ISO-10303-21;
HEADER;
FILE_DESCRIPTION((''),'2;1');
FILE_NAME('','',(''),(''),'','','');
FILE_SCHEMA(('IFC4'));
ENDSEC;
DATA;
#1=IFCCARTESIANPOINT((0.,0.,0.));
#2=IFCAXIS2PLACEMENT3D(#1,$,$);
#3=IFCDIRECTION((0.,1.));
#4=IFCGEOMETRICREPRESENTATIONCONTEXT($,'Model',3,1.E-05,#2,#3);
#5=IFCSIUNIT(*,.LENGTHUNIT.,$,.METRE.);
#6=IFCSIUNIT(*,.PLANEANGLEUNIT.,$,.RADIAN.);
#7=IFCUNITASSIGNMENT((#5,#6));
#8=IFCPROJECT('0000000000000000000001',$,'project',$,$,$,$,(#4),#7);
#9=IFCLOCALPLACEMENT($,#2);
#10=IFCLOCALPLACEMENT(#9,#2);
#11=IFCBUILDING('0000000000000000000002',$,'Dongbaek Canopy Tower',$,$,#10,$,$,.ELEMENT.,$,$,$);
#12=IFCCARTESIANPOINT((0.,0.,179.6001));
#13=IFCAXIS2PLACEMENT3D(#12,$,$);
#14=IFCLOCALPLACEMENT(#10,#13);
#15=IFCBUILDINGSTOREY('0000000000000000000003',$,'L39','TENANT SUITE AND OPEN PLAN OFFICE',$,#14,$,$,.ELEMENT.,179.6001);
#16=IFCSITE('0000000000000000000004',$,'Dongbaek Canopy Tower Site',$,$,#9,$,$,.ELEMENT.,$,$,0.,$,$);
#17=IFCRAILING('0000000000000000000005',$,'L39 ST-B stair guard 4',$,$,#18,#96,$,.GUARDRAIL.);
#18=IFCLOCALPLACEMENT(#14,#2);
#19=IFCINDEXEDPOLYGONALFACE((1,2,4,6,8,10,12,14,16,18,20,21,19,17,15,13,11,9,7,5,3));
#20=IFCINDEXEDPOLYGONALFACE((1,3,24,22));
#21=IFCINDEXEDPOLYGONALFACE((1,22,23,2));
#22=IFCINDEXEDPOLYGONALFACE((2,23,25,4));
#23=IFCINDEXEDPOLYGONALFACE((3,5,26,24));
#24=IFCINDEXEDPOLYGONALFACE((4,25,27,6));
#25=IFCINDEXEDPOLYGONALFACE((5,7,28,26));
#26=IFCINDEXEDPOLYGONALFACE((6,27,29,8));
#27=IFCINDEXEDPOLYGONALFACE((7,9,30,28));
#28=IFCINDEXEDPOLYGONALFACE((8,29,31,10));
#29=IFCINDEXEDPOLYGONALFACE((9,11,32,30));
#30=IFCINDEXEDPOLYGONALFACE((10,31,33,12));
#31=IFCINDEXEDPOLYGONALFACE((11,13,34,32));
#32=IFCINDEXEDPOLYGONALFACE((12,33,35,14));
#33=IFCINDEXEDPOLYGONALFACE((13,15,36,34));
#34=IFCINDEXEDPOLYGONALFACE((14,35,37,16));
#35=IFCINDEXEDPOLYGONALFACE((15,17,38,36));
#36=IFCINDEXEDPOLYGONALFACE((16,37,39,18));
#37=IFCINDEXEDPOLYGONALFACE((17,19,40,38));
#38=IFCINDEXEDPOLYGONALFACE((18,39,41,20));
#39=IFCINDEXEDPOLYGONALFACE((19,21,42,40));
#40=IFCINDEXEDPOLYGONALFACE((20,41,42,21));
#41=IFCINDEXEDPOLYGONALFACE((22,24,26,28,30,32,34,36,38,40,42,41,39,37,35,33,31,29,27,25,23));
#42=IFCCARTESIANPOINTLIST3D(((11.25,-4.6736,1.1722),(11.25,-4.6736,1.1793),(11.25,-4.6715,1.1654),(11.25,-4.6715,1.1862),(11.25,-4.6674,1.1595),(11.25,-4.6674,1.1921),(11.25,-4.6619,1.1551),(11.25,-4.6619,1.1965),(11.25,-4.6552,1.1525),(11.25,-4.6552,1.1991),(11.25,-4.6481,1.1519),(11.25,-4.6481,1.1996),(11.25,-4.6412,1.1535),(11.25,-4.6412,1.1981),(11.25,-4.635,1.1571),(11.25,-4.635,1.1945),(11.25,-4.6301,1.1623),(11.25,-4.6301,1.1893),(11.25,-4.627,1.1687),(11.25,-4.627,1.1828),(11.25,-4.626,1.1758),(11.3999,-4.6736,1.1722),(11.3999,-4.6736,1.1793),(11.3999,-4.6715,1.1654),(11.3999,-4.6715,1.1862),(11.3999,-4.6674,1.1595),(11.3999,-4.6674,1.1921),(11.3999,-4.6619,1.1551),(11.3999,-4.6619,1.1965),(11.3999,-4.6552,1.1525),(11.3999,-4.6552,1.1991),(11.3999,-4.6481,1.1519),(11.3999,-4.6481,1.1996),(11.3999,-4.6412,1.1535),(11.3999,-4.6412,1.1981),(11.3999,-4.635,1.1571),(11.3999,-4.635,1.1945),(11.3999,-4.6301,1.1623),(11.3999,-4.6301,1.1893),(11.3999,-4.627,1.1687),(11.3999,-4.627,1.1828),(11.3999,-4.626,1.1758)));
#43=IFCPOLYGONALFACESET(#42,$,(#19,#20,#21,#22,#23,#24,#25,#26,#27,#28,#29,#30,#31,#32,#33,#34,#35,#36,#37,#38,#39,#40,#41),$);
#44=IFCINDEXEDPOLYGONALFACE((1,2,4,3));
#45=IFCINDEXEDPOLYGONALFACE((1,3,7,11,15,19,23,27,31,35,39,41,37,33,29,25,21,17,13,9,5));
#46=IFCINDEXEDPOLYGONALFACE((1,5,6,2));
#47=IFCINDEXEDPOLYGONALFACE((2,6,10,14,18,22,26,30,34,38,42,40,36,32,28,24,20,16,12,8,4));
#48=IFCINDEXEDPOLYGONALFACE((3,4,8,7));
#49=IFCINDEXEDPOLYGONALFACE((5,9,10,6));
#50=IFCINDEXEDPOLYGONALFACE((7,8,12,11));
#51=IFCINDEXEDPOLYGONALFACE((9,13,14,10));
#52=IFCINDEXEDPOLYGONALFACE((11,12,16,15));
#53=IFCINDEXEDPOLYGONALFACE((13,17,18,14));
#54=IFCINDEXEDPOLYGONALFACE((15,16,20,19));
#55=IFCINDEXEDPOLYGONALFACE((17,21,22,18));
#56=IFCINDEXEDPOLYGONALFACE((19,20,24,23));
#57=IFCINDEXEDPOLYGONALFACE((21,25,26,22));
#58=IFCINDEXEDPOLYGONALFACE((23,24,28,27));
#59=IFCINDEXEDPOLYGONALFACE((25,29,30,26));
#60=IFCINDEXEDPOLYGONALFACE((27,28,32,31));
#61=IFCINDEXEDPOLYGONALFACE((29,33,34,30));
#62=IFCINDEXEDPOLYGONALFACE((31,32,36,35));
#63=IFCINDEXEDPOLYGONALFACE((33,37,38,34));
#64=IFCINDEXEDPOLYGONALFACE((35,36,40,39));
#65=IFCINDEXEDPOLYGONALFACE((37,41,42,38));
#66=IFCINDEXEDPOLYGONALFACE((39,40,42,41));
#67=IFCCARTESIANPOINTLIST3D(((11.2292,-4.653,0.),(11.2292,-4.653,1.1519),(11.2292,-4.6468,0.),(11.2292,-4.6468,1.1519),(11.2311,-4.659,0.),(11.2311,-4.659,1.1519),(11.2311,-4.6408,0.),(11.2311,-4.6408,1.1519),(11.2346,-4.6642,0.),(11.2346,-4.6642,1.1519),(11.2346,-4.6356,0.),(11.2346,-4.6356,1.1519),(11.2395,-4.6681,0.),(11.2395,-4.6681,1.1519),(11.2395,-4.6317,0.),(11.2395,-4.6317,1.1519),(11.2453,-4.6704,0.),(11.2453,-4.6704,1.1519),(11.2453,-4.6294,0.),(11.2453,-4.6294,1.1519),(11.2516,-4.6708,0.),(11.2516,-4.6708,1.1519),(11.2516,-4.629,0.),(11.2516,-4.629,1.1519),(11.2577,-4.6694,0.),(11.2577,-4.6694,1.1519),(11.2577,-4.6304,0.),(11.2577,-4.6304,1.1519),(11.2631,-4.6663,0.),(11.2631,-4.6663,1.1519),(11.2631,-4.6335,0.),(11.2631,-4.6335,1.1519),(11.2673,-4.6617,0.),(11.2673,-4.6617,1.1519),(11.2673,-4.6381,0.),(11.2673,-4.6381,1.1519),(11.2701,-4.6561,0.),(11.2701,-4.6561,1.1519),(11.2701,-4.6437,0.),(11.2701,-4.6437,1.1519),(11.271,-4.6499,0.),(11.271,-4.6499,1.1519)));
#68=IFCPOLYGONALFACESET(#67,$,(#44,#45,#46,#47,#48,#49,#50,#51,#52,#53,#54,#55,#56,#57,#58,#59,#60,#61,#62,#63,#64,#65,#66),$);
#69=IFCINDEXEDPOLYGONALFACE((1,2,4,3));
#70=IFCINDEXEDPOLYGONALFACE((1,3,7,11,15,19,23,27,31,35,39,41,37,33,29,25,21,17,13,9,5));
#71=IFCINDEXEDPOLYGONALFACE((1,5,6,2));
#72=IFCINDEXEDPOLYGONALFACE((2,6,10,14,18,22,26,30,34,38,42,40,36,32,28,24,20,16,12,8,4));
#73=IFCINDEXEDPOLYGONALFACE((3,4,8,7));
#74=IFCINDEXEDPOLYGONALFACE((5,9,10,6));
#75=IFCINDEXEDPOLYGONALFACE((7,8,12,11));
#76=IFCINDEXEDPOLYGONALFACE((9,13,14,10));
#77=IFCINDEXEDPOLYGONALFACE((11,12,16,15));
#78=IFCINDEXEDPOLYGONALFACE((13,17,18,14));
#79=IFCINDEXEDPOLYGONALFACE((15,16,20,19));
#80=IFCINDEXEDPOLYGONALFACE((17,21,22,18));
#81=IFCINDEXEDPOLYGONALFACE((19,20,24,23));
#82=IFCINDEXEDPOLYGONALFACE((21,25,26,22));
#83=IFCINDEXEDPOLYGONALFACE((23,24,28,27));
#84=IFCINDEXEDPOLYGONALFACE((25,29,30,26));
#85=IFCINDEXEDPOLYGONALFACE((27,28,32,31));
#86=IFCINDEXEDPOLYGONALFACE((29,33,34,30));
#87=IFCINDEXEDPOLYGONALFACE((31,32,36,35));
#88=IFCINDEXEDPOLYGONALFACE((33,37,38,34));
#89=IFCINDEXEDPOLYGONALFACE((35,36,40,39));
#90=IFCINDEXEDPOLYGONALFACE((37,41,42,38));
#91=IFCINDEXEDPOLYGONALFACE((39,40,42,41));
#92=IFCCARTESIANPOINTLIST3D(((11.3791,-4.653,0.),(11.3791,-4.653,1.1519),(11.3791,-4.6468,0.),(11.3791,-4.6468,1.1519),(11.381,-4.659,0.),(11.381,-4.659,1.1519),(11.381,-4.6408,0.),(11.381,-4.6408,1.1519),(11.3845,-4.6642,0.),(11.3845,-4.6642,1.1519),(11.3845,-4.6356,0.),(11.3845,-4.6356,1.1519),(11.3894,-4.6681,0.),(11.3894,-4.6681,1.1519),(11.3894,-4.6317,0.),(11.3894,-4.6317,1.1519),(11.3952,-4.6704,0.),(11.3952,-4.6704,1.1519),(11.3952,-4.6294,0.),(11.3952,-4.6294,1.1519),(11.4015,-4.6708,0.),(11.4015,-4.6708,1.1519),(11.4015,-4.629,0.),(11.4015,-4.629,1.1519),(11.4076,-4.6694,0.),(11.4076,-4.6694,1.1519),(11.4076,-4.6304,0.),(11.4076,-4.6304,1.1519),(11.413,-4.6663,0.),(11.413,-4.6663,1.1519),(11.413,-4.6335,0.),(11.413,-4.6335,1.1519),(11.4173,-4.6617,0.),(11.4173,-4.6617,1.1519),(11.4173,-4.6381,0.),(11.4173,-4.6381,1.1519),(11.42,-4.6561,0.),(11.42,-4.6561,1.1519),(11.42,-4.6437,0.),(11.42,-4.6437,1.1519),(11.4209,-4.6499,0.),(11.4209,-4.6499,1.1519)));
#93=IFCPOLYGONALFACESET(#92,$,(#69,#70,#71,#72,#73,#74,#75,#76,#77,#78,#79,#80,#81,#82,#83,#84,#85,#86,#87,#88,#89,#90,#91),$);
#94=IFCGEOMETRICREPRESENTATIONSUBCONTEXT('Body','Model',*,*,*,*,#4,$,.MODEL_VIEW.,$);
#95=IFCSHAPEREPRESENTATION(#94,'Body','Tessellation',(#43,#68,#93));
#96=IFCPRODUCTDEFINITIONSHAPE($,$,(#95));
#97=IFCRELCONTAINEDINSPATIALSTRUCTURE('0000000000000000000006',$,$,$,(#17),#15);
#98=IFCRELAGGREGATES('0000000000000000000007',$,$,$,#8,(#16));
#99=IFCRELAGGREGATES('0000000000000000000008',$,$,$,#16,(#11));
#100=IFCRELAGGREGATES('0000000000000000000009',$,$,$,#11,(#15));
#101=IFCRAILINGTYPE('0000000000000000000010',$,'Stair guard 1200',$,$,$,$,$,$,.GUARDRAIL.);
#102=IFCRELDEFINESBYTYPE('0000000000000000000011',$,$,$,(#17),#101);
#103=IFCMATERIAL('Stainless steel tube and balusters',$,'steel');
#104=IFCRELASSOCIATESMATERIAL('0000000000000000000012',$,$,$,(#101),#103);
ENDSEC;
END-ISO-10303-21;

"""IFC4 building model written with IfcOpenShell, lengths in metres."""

from ifc_helpers import new_model, si_unit, direction, frame, origin, origin_2d, place, context, subcontext, project, spatial, circle, extrude, material, type_object, element, save


model = new_model("IFC4")

# Units and contexts
model_context = context("Model", 3, precision=1e-05, world=origin(), true_north=direction((0.0, 1.0)))
body_context = subcontext(model_context, "Body", "Model", "MODEL_VIEW")
ifc_project = project(units=[si_unit("LENGTHUNIT", "METRE"), si_unit("PLANEANGLEUNIT", "RADIAN")], contexts=[model_context])

# Site, building, storey
site_placement = place(None, origin())
site = spatial("IfcSite", under=ifc_project, at=site_placement, Name="Dongbaek Canopy Tower Site", CompositionType="ELEMENT", RefElevation=0.0)
building_placement = place(site_placement, origin())
building = spatial("IfcBuilding", under=site, at=building_placement, Name="Dongbaek Canopy Tower", CompositionType="ELEMENT")
storey_placement = place(building_placement, frame((0.0, 0.0, 179.6001)))
storey = spatial("IfcBuildingStorey", under=building, at=storey_placement, Name="L39", Description="TENANT SUITE AND OPEN PLAN OFFICE", CompositionType="ELEMENT", Elevation=179.6001)

# Railing
ifc_material_1 = material(Name="Stainless steel tube and balusters", Category="steel")
railing_type_1 = type_object("IfcRailingType", Name="Stair guard 1200", PredefinedType="GUARDRAIL", material=ifc_material_1)
railing_1_placement = place(storey_placement, frame((11.25, -4.6499, 0.0)))
element("IfcRailing", 1, at=railing_1_placement, inside=storey, type_object=railing_type_1, Name="L39 ST-B stair guard 4", PredefinedType="GUARDRAIL", context=body_context, shape_type="SweptSolid", body=[
    extrude(circle(Radius=0.0239, at=origin_2d()), frame((0.0, 0.0, 1.1758), z_axis=(1.0, 0.0, 0.0), x_axis=(0.0, 1.0, 0.0)), (0.0, 0.0, 1.0), 0.1499),
    extrude(circle(Radius=0.021, at=origin_2d()), origin(), (0.0, 0.0, 1.0), 1.1519),
    extrude(circle(Radius=0.021, at=origin_2d()), frame((0.1499, 0.0, 0.0)), (0.0, 0.0, 1.0), 1.1519),
])

save(model, "model.ifc")
